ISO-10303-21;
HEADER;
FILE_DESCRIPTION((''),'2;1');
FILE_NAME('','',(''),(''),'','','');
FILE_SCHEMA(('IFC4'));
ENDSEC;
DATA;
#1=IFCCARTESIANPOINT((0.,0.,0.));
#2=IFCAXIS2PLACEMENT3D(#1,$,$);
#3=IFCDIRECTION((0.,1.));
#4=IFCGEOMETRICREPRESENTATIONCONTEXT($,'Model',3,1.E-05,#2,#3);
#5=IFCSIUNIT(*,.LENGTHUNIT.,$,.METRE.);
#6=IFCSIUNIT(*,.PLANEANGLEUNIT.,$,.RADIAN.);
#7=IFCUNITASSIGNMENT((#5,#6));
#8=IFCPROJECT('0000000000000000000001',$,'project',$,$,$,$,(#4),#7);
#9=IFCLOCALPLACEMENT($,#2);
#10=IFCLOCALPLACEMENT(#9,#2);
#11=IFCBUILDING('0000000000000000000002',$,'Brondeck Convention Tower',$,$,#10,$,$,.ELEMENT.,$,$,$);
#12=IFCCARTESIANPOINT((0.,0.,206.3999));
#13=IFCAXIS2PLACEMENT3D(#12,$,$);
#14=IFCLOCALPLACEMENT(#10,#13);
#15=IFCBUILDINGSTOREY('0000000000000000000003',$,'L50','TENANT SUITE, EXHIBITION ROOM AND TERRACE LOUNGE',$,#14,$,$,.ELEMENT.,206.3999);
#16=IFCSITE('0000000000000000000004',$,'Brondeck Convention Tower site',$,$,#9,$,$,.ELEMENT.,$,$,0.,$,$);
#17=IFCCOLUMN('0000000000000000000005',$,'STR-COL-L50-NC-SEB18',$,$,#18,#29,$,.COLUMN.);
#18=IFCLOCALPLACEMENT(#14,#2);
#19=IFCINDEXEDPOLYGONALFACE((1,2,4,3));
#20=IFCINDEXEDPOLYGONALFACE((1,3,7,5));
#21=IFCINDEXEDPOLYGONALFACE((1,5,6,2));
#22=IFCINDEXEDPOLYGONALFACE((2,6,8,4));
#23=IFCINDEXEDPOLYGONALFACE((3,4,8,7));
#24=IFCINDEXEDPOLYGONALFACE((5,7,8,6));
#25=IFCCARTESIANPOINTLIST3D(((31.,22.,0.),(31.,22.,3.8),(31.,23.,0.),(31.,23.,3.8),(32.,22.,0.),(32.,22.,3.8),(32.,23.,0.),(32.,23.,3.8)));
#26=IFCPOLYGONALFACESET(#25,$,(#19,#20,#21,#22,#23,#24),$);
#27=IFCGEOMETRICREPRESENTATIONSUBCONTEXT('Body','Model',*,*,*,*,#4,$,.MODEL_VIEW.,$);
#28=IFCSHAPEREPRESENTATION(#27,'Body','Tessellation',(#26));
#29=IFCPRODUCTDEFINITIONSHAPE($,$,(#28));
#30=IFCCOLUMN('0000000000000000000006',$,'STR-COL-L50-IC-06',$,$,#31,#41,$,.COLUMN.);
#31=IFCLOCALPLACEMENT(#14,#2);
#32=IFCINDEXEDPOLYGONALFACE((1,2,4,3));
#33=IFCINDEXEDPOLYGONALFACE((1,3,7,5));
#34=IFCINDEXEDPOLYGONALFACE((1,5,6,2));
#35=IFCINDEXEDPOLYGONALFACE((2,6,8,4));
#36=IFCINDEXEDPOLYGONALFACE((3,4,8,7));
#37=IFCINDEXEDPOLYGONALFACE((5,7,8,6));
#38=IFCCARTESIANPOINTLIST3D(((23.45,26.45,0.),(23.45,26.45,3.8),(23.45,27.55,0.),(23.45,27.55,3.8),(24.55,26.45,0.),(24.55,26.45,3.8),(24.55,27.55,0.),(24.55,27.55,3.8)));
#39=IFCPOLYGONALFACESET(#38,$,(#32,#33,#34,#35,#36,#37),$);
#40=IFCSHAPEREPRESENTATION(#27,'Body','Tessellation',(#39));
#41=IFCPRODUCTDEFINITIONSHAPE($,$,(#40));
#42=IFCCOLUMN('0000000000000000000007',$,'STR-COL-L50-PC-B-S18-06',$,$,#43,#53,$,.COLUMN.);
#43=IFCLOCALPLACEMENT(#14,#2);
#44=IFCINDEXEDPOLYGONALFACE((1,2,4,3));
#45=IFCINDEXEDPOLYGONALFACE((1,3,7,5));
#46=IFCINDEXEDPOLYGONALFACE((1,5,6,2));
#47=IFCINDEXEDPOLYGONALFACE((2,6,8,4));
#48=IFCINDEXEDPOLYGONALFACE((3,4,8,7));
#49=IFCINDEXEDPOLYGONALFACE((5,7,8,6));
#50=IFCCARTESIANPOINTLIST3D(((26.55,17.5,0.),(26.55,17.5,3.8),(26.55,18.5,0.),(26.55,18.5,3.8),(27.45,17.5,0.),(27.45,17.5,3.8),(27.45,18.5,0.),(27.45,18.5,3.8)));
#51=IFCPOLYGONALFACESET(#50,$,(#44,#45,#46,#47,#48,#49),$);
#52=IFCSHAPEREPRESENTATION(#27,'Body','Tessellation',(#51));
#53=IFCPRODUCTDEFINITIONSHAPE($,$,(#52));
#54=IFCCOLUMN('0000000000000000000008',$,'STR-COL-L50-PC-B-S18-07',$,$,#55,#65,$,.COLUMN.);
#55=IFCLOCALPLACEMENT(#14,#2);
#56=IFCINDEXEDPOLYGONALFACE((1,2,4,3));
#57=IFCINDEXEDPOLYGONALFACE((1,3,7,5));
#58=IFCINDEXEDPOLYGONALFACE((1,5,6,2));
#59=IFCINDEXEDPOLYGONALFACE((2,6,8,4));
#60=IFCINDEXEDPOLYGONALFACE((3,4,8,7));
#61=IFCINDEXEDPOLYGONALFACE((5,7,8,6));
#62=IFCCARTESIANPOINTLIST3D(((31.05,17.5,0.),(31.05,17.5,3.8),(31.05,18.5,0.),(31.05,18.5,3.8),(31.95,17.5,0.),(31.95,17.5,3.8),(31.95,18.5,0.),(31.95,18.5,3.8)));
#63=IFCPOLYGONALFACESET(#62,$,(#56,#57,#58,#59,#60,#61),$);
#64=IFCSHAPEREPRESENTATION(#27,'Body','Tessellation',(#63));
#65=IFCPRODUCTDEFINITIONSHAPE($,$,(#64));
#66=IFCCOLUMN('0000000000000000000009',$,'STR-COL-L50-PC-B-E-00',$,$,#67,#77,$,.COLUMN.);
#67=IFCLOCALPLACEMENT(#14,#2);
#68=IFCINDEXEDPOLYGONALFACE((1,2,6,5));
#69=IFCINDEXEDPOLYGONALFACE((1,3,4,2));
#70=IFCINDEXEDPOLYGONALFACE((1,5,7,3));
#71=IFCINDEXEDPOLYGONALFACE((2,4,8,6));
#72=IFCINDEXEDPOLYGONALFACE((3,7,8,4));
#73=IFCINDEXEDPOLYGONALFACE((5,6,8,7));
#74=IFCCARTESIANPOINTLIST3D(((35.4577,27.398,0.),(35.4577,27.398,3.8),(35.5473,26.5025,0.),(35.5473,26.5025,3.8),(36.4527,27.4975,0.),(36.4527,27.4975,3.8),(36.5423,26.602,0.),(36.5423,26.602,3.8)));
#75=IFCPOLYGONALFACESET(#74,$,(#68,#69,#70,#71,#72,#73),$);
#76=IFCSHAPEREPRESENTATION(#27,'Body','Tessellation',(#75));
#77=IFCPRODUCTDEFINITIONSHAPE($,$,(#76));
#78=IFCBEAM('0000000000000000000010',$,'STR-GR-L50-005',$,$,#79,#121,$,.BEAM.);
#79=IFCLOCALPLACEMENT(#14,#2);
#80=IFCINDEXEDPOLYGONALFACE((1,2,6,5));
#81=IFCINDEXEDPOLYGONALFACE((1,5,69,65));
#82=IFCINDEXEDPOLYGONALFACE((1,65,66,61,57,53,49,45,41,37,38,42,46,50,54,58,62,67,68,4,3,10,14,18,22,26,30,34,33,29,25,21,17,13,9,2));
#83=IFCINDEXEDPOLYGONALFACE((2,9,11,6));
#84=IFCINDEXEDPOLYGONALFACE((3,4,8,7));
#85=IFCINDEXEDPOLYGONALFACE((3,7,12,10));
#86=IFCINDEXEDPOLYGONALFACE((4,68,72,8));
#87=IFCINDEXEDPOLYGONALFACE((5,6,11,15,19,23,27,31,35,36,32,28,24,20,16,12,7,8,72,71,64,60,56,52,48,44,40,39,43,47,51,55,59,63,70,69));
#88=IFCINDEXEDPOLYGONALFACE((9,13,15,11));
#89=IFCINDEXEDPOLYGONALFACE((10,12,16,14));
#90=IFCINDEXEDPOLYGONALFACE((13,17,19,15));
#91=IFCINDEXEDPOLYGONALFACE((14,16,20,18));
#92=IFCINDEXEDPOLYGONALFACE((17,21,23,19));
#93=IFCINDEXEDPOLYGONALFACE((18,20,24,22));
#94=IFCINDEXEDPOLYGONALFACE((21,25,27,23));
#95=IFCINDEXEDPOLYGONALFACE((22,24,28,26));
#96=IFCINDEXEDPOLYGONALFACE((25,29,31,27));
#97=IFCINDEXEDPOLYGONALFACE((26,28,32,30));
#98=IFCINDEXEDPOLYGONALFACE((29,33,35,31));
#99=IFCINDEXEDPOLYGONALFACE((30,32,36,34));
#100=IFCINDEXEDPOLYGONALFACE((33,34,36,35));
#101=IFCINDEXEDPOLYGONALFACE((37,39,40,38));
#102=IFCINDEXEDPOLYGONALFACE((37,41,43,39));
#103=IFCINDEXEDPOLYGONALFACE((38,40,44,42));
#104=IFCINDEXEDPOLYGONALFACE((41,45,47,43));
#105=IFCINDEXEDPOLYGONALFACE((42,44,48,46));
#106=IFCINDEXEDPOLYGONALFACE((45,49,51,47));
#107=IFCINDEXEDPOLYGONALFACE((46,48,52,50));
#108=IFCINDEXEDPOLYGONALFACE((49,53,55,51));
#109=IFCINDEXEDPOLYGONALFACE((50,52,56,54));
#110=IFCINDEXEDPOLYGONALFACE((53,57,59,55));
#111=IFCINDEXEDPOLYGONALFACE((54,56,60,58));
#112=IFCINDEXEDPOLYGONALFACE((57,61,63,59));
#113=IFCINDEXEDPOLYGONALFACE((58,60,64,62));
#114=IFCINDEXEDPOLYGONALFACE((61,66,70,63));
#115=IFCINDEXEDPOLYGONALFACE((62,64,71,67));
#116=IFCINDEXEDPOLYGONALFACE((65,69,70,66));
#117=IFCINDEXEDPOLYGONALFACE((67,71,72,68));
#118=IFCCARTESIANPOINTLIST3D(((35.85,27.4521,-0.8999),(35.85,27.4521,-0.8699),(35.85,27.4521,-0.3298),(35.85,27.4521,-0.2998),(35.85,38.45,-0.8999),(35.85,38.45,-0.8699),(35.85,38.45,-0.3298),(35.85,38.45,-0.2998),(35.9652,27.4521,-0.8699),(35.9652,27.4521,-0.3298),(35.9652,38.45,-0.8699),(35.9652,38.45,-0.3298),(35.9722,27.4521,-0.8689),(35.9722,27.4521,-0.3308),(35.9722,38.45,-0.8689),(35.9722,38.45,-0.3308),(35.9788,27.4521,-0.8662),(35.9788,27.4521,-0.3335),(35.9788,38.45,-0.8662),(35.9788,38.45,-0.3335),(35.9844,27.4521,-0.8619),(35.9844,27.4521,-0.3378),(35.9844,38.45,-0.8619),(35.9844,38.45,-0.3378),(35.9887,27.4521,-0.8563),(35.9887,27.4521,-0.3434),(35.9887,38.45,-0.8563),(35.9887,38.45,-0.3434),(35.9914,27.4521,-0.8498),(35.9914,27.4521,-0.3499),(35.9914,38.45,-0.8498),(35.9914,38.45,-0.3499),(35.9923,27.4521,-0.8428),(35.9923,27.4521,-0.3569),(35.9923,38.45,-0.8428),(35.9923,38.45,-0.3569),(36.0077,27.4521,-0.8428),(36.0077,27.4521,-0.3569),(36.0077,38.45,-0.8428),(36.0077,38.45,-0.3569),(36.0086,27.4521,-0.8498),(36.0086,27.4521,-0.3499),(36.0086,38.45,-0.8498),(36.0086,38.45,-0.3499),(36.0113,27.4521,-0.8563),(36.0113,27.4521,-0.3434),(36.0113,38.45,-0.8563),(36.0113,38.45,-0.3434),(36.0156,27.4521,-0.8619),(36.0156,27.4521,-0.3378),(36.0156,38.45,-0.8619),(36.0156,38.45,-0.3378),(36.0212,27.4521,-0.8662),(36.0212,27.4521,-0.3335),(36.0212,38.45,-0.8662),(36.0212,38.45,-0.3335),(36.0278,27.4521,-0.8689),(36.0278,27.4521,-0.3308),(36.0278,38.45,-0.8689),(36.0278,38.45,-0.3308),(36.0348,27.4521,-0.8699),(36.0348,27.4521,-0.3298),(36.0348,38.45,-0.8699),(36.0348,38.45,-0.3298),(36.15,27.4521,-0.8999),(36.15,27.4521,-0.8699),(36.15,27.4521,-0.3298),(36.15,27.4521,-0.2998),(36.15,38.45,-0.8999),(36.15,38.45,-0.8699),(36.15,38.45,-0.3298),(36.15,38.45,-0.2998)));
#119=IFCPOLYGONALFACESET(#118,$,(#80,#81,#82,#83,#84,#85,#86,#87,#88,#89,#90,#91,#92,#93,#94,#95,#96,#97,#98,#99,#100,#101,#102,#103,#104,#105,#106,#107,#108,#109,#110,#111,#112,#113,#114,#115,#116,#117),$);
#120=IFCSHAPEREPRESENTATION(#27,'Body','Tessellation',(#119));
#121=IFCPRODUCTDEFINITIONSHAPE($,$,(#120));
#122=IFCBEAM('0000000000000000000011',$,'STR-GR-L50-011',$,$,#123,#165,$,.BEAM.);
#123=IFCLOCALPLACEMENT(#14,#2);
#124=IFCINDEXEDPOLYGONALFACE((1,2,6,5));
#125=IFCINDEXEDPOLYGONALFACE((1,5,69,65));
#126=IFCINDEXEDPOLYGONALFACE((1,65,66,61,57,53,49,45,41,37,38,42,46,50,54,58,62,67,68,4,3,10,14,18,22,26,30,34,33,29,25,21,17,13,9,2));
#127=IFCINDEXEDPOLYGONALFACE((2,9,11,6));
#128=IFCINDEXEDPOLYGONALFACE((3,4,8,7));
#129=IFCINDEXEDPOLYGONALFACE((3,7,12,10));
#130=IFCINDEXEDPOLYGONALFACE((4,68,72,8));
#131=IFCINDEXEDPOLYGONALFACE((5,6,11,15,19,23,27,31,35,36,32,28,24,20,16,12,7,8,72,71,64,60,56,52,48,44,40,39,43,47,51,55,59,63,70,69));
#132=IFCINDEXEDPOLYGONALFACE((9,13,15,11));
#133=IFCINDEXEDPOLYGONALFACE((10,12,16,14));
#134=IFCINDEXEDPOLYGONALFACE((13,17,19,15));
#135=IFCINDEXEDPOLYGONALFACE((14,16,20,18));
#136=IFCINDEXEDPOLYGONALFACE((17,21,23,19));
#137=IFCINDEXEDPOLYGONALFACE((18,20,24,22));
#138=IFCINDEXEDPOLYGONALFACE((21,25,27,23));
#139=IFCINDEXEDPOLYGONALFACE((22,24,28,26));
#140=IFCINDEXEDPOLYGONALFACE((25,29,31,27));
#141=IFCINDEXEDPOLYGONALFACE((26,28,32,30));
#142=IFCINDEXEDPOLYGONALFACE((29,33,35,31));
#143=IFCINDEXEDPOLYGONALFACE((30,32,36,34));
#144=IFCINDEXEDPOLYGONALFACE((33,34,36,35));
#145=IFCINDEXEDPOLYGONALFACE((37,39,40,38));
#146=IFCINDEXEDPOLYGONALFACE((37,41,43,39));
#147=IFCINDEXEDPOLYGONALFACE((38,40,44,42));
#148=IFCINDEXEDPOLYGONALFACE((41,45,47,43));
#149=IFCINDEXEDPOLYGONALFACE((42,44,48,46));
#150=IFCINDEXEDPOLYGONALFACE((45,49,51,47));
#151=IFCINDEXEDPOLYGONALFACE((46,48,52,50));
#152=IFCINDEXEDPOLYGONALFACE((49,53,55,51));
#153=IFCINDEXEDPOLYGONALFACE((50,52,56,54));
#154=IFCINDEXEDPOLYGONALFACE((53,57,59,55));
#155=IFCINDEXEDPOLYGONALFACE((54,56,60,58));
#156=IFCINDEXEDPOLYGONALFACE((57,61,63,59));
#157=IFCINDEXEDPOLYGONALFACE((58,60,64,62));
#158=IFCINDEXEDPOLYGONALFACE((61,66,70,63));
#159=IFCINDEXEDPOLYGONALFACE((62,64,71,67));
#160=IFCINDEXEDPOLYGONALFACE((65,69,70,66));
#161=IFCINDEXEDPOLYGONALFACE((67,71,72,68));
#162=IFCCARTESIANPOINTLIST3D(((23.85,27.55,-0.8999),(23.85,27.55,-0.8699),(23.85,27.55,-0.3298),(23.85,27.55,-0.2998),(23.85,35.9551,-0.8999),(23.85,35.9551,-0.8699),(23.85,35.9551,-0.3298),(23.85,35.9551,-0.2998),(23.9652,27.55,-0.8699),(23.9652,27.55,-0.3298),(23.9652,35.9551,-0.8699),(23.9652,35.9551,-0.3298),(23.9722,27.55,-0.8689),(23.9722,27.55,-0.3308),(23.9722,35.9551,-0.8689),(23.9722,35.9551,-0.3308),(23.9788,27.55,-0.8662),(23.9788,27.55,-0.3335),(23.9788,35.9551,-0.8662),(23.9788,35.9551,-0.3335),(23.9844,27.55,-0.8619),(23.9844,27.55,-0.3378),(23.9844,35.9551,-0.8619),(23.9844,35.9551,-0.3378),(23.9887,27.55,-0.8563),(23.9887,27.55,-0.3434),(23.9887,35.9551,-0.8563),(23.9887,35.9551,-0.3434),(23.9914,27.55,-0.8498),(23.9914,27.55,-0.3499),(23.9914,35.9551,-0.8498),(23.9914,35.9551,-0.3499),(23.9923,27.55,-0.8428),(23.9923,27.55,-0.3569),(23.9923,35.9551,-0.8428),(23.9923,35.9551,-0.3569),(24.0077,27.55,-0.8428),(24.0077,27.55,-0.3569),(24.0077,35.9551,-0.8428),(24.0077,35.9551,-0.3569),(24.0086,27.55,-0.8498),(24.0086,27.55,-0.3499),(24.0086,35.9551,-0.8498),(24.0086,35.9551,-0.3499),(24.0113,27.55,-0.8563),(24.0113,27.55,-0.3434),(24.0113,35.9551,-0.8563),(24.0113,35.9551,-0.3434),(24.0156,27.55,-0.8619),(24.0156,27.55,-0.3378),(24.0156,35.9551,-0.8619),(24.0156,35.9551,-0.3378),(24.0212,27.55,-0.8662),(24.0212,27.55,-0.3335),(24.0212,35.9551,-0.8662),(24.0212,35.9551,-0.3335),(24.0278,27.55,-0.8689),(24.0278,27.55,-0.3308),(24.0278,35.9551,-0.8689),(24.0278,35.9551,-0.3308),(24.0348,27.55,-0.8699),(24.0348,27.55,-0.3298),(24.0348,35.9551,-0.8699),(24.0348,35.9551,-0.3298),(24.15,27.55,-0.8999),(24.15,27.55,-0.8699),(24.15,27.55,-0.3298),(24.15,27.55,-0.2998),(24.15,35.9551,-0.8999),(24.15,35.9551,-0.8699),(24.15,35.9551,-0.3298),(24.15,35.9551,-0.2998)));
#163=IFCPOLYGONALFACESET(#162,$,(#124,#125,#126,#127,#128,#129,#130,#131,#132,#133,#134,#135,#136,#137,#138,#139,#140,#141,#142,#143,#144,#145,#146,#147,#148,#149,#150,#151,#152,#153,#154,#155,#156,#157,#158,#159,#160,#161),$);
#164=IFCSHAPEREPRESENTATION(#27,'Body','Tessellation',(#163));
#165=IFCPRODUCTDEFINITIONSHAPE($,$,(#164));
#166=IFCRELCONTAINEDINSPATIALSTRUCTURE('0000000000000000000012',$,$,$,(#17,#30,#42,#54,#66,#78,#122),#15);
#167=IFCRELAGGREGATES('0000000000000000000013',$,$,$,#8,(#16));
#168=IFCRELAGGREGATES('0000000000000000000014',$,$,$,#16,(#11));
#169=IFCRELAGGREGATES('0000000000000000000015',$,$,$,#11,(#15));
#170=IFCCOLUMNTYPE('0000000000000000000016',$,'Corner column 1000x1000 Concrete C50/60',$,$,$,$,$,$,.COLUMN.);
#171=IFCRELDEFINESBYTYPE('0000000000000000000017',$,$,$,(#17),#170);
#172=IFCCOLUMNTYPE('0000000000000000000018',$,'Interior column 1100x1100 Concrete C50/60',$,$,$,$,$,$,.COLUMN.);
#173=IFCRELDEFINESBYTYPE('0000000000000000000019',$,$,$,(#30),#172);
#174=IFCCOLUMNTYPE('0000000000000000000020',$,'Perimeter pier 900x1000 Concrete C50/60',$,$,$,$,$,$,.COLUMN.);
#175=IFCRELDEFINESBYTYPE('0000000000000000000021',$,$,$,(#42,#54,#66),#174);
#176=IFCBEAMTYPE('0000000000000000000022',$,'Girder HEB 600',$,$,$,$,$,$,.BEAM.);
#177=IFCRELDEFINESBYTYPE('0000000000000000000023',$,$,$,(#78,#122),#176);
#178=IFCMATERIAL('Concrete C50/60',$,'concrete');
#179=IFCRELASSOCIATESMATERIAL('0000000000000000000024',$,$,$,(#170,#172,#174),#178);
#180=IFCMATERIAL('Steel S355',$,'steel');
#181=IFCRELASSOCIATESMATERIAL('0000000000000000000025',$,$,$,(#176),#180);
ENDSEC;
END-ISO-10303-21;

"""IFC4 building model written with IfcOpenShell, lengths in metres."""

from ifc_helpers import new_model, si_unit, direction, frame, origin, origin_2d, place, context, subcontext, project, spatial, rectangle, i_section, extrude, material, material_profile, profile_set, type_object, element, save


model = new_model("IFC4")

# Units and contexts
model_context = context("Model", 3, precision=1e-05, world=origin(), true_north=direction((0.0, 1.0)))
body_context = subcontext(model_context, "Body", "Model", "MODEL_VIEW")
ifc_project = project(units=[si_unit("LENGTHUNIT", "METRE"), si_unit("PLANEANGLEUNIT", "RADIAN")], contexts=[model_context])

# Site, building, storey
site_placement = place(None, origin())
site = spatial("IfcSite", under=ifc_project, at=site_placement, Name="Brondeck Convention Tower site", CompositionType="ELEMENT", RefElevation=0.0)
building_placement = place(site_placement, origin())
building = spatial("IfcBuilding", under=site, at=building_placement, Name="Brondeck Convention Tower", CompositionType="ELEMENT")
storey_placement = place(building_placement, frame((0.0, 0.0, 206.3999)))
storey = spatial("IfcBuildingStorey", under=building, at=storey_placement, Name="L50", Description="TENANT SUITE, EXHIBITION ROOM AND TERRACE LOUNGE", CompositionType="ELEMENT", Elevation=206.3999)

# Columns
ifc_material_1 = material(Name="Concrete C50/60", Category="concrete")
ifc_material_profile_1 = material_profile(ifc_material_1, rectangle(XDim=1.0, YDim=1.0, at=origin_2d()), Name="Corner column 1000x1000 Concrete C50/60")
ifc_profile_set_1 = profile_set([ifc_material_profile_1], Name="Concrete C50/60")
column_type_1 = type_object("IfcColumnType", Name="Corner column 1000x1000 Concrete C50/60", PredefinedType="COLUMN", material=ifc_profile_set_1)
column_1_placement = place(storey_placement, frame((31.5, 22.5, 0.0), z_axis=(0.0, 0.0, 1.0), x_axis=(1.0, 0.0, 0.0)))
element("IfcColumn", 1, at=column_1_placement, inside=storey, type_object=column_type_1, Name="STR-COL-L50-NC-SEB18", PredefinedType="COLUMN", context=body_context, shape_type="SweptSolid", body=[
    extrude(rectangle(XDim=1.0, YDim=1.0, at=origin_2d()), origin(), (0.0, 0.0, 1.0), 3.8),
])
ifc_material_profile_2 = material_profile(ifc_material_1, rectangle(XDim=1.1001, YDim=1.1001, at=origin_2d()), Name="Interior column 1100x1100 Concrete C50/60")
ifc_profile_set_2 = profile_set([ifc_material_profile_2], Name="Concrete C50/60")
column_type_2 = type_object("IfcColumnType", Name="Interior column 1100x1100 Concrete C50/60", PredefinedType="COLUMN", material=ifc_profile_set_2)
column_2_placement = place(storey_placement, frame((24.0, 27.0, 0.0), z_axis=(0.0, 0.0, 1.0), x_axis=(1.0, 0.0, 0.0)))
element("IfcColumn", 2, at=column_2_placement, inside=storey, type_object=column_type_2, Name="STR-COL-L50-IC-06", PredefinedType="COLUMN", context=body_context, shape_type="SweptSolid", body=[
    extrude(rectangle(XDim=1.1001, YDim=1.1001, at=origin_2d()), origin(), (0.0, 0.0, 1.0), 3.8),
])
ifc_material_profile_3 = material_profile(ifc_material_1, rectangle(XDim=0.8999, YDim=1.0, at=origin_2d()), Name="Perimeter pier 900x1000 Concrete C50/60")
ifc_profile_set_3 = profile_set([ifc_material_profile_3], Name="Concrete C50/60")
column_type_3 = type_object("IfcColumnType", Name="Perimeter pier 900x1000 Concrete C50/60", PredefinedType="COLUMN", material=ifc_profile_set_3)
for number, where, z_axis, x_axis, name in (
    (3, (27.0, 18.0, 0.0), (0.0, 0.0, 1.0), (1.0, 0.0, 0.0), "STR-COL-L50-PC-B-S18-06"),
    (4, (31.5, 18.0, 0.0), (0.0, 0.0, 1.0), (1.0, 0.0, 0.0), "STR-COL-L50-PC-B-S18-07"),
    (5, (36.0, 27.0, 0.0), (0.0, 0.0, 1.0), (-0.099504, 0.995037, 0.0), "STR-COL-L50-PC-B-E-00"),
):
    element("IfcColumn", number, at=place(storey_placement, frame(where, z_axis=z_axis, x_axis=x_axis)), inside=storey, type_object=column_type_3, Name=name, PredefinedType="COLUMN", context=body_context, shape_type="SweptSolid", body=[
        extrude(rectangle(XDim=0.8999, YDim=1.0, at=origin_2d()), origin(), (0.0, 0.0, 1.0), 3.8),
    ])

# Beams
ifc_material_2 = material(Name="Steel S355", Category="steel")
ifc_material_profile_4 = material_profile(ifc_material_2, i_section(OverallWidth=0.3, OverallDepth=0.6001, WebThickness=0.0154, FlangeThickness=0.03, FilletRadius=0.0271, at=origin_2d()), Name="HEB 600")
ifc_profile_set_4 = profile_set([ifc_material_profile_4], Name="Steel S355")
beam_type_1 = type_object("IfcBeamType", Name="Girder HEB 600", PredefinedType="BEAM", material=ifc_profile_set_4)
beam_1_placement = place(storey_placement, frame((36.0, 27.4521, -0.5999), z_axis=(0.0, 1.0, 0.0), x_axis=(-1.0, 0.0, 0.0)))
element("IfcBeam", 6, at=beam_1_placement, inside=storey, type_object=beam_type_1, Name="STR-GR-L50-005", PredefinedType="BEAM", context=body_context, shape_type="SweptSolid", body=[
    extrude(i_section(OverallWidth=0.3, OverallDepth=0.6001, WebThickness=0.0154, FlangeThickness=0.03, FilletRadius=0.0271, at=origin_2d()), origin(), (0.0, 0.0, 1.0), 10.9978),
])
beam_2_placement = place(storey_placement, frame((24.0, 35.9551, -0.5999), z_axis=(0.0, -1.0, 0.0), x_axis=(1.0, 0.0, 0.0)))
element("IfcBeam", 7, at=beam_2_placement, inside=storey, type_object=beam_type_1, Name="STR-GR-L50-011", PredefinedType="BEAM", context=body_context, shape_type="SweptSolid", body=[
    extrude(i_section(OverallWidth=0.3, OverallDepth=0.6001, WebThickness=0.0154, FlangeThickness=0.03, FilletRadius=0.0271, at=origin_2d()), origin(), (0.0, 0.0, 1.0), 8.405),
])

save(model, "model.ifc")
